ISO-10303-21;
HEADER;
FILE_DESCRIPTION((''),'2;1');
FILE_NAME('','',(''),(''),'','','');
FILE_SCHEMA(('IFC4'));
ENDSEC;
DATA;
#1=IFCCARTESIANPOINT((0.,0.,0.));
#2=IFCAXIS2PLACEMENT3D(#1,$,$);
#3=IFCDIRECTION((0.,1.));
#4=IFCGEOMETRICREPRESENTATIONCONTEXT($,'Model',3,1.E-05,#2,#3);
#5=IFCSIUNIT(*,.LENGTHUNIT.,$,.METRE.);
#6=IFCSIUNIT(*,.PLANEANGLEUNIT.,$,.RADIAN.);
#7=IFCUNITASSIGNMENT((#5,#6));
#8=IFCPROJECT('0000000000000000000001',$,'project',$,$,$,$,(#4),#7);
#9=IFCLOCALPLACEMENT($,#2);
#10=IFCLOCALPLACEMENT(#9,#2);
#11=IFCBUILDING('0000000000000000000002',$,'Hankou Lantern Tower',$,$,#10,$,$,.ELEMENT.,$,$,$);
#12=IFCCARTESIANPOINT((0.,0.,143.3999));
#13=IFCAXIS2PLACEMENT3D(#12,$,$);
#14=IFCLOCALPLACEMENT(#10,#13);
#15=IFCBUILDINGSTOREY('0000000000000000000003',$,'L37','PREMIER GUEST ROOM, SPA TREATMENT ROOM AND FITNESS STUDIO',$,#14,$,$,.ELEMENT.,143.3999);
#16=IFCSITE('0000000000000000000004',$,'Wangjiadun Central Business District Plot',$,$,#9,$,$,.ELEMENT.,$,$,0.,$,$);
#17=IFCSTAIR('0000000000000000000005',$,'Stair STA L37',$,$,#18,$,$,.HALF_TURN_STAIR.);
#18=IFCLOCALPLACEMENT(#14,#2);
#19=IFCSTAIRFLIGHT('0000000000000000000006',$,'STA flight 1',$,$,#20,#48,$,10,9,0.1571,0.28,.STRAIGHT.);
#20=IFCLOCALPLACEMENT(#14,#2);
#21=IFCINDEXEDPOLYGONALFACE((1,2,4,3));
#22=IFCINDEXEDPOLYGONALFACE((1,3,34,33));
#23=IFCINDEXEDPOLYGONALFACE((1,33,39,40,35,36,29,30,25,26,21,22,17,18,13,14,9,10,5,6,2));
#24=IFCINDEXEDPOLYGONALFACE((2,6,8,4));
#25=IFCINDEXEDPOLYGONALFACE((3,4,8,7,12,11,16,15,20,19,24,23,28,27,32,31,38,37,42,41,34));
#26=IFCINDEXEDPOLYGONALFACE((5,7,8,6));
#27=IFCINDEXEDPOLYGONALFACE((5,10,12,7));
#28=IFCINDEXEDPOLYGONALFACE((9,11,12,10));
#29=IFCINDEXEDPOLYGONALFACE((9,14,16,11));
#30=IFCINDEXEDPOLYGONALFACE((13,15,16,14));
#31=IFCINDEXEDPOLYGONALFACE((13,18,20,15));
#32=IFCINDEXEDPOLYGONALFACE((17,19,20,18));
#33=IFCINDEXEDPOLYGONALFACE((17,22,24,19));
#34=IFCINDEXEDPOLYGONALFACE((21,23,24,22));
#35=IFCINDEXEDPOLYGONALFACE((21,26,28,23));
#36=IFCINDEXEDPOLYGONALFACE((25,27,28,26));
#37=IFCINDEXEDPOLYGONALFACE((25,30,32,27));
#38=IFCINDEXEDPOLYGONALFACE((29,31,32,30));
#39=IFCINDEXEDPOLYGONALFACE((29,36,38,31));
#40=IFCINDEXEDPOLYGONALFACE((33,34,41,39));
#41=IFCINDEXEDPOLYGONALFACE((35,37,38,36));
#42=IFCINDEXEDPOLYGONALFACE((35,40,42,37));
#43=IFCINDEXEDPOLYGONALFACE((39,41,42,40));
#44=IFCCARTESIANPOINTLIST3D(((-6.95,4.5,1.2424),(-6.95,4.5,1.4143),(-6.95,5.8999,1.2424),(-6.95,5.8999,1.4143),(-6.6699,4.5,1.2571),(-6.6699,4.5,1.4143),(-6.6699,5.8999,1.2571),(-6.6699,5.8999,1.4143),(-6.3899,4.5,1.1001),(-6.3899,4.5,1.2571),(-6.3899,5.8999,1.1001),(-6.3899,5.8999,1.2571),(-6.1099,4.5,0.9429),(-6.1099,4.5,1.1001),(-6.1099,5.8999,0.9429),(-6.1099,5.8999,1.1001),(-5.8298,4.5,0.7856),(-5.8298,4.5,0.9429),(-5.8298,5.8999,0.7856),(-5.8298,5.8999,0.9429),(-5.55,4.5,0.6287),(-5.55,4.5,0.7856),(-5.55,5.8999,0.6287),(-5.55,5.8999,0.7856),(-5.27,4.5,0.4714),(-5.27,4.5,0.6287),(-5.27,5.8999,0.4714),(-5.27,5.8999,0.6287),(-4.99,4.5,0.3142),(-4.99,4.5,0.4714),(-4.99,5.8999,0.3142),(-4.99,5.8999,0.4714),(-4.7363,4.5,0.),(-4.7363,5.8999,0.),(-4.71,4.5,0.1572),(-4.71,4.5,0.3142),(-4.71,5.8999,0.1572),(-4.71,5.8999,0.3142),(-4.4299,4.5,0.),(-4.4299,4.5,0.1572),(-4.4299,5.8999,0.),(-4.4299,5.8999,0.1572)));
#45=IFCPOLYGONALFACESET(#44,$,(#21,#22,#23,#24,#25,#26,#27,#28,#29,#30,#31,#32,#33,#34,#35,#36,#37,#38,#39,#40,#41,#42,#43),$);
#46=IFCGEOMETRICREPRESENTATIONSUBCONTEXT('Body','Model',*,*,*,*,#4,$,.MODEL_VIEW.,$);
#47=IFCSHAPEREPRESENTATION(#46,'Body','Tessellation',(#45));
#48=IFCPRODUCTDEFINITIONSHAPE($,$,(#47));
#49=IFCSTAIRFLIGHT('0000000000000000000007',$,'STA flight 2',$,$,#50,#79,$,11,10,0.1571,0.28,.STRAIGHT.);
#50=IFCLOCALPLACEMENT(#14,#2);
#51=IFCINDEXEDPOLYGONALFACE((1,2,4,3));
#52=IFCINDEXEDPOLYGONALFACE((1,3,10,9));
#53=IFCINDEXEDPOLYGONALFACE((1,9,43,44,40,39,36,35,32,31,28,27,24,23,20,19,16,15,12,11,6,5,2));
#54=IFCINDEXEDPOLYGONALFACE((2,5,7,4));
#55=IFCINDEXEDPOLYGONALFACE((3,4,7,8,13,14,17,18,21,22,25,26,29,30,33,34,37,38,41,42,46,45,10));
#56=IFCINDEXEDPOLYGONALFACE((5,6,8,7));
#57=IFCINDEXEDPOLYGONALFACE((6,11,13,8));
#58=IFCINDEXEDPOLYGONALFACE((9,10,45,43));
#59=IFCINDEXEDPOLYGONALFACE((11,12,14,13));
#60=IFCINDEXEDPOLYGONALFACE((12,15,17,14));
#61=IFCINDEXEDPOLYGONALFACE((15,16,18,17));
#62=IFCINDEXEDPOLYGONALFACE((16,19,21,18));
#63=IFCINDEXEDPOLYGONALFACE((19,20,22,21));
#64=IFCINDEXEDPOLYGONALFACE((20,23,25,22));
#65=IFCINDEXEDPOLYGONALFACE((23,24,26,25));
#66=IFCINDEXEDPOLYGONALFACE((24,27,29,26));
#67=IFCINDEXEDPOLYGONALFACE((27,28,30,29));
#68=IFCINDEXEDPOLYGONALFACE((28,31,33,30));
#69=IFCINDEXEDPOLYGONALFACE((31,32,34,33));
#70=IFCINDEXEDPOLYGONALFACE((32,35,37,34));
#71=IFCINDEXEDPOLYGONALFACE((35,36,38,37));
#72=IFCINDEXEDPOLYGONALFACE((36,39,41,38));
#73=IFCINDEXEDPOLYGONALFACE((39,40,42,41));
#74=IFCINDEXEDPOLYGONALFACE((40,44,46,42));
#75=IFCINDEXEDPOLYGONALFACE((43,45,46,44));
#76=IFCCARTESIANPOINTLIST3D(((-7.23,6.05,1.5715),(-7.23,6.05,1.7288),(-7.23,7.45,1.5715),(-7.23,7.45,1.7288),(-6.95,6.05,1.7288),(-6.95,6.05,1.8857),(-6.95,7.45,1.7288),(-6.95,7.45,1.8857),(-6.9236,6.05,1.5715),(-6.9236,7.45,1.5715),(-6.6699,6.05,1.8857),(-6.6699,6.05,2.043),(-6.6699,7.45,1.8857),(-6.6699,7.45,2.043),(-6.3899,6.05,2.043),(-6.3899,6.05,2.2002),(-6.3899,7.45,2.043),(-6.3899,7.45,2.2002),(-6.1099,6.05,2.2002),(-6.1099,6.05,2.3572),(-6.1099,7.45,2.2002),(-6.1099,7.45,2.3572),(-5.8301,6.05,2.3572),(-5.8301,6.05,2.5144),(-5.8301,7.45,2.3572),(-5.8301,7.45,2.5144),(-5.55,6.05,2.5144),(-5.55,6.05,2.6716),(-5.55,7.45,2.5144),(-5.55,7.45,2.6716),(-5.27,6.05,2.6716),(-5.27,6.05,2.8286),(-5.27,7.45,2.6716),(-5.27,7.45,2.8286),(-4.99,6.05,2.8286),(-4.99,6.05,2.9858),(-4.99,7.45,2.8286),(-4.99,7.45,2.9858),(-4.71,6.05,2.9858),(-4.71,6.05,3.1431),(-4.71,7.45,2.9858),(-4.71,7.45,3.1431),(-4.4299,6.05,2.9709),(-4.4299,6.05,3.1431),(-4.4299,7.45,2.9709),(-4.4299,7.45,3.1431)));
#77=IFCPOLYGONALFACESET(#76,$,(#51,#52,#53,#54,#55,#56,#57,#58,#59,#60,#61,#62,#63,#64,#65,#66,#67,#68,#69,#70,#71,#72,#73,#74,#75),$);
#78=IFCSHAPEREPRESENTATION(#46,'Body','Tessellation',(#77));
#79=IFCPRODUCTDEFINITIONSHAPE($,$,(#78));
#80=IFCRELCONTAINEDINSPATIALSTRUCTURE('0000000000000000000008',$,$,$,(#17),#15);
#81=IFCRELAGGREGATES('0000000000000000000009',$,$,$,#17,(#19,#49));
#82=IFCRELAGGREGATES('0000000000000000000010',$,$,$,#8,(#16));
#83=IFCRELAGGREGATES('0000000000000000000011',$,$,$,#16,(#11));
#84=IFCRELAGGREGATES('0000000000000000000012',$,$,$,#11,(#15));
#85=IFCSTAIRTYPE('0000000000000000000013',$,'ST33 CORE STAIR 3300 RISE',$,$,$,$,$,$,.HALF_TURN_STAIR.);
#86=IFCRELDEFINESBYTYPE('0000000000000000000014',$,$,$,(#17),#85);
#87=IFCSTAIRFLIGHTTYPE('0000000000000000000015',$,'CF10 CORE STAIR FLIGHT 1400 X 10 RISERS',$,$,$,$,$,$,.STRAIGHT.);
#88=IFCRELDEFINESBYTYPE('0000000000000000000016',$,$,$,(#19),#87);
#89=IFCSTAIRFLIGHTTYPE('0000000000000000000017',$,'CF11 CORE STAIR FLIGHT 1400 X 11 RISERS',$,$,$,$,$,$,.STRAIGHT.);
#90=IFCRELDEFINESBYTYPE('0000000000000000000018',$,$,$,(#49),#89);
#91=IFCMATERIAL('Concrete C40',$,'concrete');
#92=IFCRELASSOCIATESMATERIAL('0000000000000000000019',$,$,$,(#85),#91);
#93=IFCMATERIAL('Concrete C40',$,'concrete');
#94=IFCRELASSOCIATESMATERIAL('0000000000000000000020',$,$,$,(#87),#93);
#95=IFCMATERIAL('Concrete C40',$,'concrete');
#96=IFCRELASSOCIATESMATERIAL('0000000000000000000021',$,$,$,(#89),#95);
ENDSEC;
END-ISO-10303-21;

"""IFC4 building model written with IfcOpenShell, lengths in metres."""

from ifc_helpers import new_model, si_unit, direction, frame, origin, place, context, subcontext, project, spatial, polyline, outline, extrude, material, type_object, element, aggregate, save


model = new_model("IFC4")

# Units and contexts
model_context = context("Model", 3, precision=1e-05, world=origin(), true_north=direction((0.0, 1.0)))
body_context = subcontext(model_context, "Body", "Model", "MODEL_VIEW")
ifc_project = project(units=[si_unit("LENGTHUNIT", "METRE"), si_unit("PLANEANGLEUNIT", "RADIAN")], contexts=[model_context])

# Site, building, storey
site_placement = place(None, origin())
site = spatial("IfcSite", under=ifc_project, at=site_placement, Name="Wangjiadun Central Business District Plot", CompositionType="ELEMENT", RefElevation=0.0)
building_placement = place(site_placement, origin())
building = spatial("IfcBuilding", under=site, at=building_placement, Name="Hankou Lantern Tower", CompositionType="ELEMENT")
storey_placement = place(building_placement, frame((0.0, 0.0, 143.3999)))
storey = spatial("IfcBuildingStorey", under=building, at=storey_placement, Name="L37", Description="PREMIER GUEST ROOM, SPA TREATMENT ROOM AND FITNESS STUDIO", CompositionType="ELEMENT", Elevation=143.3999)

# Stair, stair flights
ifc_material_1 = material(Name="Concrete C40", Category="concrete")
stair_type = type_object("IfcStairType", Name="ST33 CORE STAIR 3300 RISE", PredefinedType="HALF_TURN_STAIR", material=ifc_material_1)
stair_placement = place(storey_placement, origin())
stair = element("IfcStair", 1, at=stair_placement, inside=storey, type_object=stair_type, Name="Stair STA L37", PredefinedType="HALF_TURN_STAIR")
ifc_material_2 = material(Name="Concrete C40", Category="concrete")
stair_flight_type_1 = type_object("IfcStairFlightType", Name="CF10 CORE STAIR FLIGHT 1400 X 10 RISERS", PredefinedType="STRAIGHT", material=ifc_material_2)
stair_flight_1_placement = place(storey_placement, frame((-4.4299, 5.2, 0.0), z_axis=(0.0, 0.0, 1.0), x_axis=(-1.0, 0.0, 0.0)))
stair_flight_1 = element("IfcStairFlight", 2, at=stair_flight_1_placement, type_object=stair_flight_type_1, Name="STA flight 1", NumberOfRisers=10, NumberOfTreads=9, PredefinedType="STRAIGHT", RiserHeight=0.1571, TreadLength=0.28, context=body_context, shape_type="SweptSolid", body=[
    extrude(outline(polyline([(0.0, 0.0), (0.0, 0.1572), (0.28, 0.1572), (0.28, 0.3142), (0.5601, 0.3142), (0.5601, 0.4714), (0.8401, 0.4714), (0.8401, 0.6287), (1.1201, 0.6287), (1.1201, 0.7856), (1.3999, 0.7856), (1.3999, 0.9429), (1.6799, 0.9429), (1.6799, 1.1001), (1.96, 1.1001), (1.96, 1.2571), (2.24, 1.2571), (2.24, 1.4143), (2.52, 1.4143), (2.52, 1.5715), (2.52, 1.2424), (0.3064, 0.0), (0.0, 0.0)])), frame((0.0, 0.7, 0.0), z_axis=(0.0, -1.0, 0.0), x_axis=(1.0, 0.0, 0.0)), (0.0, 0.0, 1.0), 1.3999),
])
ifc_material_3 = material(Name="Concrete C40", Category="concrete")
stair_flight_type_2 = type_object("IfcStairFlightType", Name="CF11 CORE STAIR FLIGHT 1400 X 11 RISERS", PredefinedType="STRAIGHT", material=ifc_material_3)
stair_flight_2_placement = place(storey_placement, frame((-7.23, 6.75, 1.5715), z_axis=(0.0, 0.0, 1.0), x_axis=(1.0, 0.0, 0.0)))
stair_flight_2 = element("IfcStairFlight", 3, at=stair_flight_2_placement, type_object=stair_flight_type_2, Name="STA flight 2", NumberOfRisers=11, NumberOfTreads=10, PredefinedType="STRAIGHT", RiserHeight=0.1571, TreadLength=0.28, context=body_context, shape_type="SweptSolid", body=[
    extrude(outline(polyline([(0.0, 0.0), (0.0, 0.1572), (0.28, 0.1572), (0.28, 0.3142), (0.5601, 0.3142), (0.5601, 0.4714), (0.8401, 0.4714), (0.8401, 0.6287), (1.1201, 0.6287), (1.1201, 0.7856), (1.3999, 0.7856), (1.3999, 0.9429), (1.6799, 0.9429), (1.6799, 1.1001), (1.96, 1.1001), (1.96, 1.2571), (2.24, 1.2571), (2.24, 1.4143), (2.52, 1.4143), (2.52, 1.5715), (2.8, 1.5715), (2.8, 1.7285), (2.8, 1.3994), (0.3064, 0.0), (0.0, 0.0)])), frame((0.0, 0.7, 0.0), z_axis=(0.0, -1.0, 0.0), x_axis=(1.0, 0.0, 0.0)), (0.0, 0.0, 1.0), 1.3999),
])
aggregate(stair, [stair_flight_1, stair_flight_2])

save(model, "model.ifc")
